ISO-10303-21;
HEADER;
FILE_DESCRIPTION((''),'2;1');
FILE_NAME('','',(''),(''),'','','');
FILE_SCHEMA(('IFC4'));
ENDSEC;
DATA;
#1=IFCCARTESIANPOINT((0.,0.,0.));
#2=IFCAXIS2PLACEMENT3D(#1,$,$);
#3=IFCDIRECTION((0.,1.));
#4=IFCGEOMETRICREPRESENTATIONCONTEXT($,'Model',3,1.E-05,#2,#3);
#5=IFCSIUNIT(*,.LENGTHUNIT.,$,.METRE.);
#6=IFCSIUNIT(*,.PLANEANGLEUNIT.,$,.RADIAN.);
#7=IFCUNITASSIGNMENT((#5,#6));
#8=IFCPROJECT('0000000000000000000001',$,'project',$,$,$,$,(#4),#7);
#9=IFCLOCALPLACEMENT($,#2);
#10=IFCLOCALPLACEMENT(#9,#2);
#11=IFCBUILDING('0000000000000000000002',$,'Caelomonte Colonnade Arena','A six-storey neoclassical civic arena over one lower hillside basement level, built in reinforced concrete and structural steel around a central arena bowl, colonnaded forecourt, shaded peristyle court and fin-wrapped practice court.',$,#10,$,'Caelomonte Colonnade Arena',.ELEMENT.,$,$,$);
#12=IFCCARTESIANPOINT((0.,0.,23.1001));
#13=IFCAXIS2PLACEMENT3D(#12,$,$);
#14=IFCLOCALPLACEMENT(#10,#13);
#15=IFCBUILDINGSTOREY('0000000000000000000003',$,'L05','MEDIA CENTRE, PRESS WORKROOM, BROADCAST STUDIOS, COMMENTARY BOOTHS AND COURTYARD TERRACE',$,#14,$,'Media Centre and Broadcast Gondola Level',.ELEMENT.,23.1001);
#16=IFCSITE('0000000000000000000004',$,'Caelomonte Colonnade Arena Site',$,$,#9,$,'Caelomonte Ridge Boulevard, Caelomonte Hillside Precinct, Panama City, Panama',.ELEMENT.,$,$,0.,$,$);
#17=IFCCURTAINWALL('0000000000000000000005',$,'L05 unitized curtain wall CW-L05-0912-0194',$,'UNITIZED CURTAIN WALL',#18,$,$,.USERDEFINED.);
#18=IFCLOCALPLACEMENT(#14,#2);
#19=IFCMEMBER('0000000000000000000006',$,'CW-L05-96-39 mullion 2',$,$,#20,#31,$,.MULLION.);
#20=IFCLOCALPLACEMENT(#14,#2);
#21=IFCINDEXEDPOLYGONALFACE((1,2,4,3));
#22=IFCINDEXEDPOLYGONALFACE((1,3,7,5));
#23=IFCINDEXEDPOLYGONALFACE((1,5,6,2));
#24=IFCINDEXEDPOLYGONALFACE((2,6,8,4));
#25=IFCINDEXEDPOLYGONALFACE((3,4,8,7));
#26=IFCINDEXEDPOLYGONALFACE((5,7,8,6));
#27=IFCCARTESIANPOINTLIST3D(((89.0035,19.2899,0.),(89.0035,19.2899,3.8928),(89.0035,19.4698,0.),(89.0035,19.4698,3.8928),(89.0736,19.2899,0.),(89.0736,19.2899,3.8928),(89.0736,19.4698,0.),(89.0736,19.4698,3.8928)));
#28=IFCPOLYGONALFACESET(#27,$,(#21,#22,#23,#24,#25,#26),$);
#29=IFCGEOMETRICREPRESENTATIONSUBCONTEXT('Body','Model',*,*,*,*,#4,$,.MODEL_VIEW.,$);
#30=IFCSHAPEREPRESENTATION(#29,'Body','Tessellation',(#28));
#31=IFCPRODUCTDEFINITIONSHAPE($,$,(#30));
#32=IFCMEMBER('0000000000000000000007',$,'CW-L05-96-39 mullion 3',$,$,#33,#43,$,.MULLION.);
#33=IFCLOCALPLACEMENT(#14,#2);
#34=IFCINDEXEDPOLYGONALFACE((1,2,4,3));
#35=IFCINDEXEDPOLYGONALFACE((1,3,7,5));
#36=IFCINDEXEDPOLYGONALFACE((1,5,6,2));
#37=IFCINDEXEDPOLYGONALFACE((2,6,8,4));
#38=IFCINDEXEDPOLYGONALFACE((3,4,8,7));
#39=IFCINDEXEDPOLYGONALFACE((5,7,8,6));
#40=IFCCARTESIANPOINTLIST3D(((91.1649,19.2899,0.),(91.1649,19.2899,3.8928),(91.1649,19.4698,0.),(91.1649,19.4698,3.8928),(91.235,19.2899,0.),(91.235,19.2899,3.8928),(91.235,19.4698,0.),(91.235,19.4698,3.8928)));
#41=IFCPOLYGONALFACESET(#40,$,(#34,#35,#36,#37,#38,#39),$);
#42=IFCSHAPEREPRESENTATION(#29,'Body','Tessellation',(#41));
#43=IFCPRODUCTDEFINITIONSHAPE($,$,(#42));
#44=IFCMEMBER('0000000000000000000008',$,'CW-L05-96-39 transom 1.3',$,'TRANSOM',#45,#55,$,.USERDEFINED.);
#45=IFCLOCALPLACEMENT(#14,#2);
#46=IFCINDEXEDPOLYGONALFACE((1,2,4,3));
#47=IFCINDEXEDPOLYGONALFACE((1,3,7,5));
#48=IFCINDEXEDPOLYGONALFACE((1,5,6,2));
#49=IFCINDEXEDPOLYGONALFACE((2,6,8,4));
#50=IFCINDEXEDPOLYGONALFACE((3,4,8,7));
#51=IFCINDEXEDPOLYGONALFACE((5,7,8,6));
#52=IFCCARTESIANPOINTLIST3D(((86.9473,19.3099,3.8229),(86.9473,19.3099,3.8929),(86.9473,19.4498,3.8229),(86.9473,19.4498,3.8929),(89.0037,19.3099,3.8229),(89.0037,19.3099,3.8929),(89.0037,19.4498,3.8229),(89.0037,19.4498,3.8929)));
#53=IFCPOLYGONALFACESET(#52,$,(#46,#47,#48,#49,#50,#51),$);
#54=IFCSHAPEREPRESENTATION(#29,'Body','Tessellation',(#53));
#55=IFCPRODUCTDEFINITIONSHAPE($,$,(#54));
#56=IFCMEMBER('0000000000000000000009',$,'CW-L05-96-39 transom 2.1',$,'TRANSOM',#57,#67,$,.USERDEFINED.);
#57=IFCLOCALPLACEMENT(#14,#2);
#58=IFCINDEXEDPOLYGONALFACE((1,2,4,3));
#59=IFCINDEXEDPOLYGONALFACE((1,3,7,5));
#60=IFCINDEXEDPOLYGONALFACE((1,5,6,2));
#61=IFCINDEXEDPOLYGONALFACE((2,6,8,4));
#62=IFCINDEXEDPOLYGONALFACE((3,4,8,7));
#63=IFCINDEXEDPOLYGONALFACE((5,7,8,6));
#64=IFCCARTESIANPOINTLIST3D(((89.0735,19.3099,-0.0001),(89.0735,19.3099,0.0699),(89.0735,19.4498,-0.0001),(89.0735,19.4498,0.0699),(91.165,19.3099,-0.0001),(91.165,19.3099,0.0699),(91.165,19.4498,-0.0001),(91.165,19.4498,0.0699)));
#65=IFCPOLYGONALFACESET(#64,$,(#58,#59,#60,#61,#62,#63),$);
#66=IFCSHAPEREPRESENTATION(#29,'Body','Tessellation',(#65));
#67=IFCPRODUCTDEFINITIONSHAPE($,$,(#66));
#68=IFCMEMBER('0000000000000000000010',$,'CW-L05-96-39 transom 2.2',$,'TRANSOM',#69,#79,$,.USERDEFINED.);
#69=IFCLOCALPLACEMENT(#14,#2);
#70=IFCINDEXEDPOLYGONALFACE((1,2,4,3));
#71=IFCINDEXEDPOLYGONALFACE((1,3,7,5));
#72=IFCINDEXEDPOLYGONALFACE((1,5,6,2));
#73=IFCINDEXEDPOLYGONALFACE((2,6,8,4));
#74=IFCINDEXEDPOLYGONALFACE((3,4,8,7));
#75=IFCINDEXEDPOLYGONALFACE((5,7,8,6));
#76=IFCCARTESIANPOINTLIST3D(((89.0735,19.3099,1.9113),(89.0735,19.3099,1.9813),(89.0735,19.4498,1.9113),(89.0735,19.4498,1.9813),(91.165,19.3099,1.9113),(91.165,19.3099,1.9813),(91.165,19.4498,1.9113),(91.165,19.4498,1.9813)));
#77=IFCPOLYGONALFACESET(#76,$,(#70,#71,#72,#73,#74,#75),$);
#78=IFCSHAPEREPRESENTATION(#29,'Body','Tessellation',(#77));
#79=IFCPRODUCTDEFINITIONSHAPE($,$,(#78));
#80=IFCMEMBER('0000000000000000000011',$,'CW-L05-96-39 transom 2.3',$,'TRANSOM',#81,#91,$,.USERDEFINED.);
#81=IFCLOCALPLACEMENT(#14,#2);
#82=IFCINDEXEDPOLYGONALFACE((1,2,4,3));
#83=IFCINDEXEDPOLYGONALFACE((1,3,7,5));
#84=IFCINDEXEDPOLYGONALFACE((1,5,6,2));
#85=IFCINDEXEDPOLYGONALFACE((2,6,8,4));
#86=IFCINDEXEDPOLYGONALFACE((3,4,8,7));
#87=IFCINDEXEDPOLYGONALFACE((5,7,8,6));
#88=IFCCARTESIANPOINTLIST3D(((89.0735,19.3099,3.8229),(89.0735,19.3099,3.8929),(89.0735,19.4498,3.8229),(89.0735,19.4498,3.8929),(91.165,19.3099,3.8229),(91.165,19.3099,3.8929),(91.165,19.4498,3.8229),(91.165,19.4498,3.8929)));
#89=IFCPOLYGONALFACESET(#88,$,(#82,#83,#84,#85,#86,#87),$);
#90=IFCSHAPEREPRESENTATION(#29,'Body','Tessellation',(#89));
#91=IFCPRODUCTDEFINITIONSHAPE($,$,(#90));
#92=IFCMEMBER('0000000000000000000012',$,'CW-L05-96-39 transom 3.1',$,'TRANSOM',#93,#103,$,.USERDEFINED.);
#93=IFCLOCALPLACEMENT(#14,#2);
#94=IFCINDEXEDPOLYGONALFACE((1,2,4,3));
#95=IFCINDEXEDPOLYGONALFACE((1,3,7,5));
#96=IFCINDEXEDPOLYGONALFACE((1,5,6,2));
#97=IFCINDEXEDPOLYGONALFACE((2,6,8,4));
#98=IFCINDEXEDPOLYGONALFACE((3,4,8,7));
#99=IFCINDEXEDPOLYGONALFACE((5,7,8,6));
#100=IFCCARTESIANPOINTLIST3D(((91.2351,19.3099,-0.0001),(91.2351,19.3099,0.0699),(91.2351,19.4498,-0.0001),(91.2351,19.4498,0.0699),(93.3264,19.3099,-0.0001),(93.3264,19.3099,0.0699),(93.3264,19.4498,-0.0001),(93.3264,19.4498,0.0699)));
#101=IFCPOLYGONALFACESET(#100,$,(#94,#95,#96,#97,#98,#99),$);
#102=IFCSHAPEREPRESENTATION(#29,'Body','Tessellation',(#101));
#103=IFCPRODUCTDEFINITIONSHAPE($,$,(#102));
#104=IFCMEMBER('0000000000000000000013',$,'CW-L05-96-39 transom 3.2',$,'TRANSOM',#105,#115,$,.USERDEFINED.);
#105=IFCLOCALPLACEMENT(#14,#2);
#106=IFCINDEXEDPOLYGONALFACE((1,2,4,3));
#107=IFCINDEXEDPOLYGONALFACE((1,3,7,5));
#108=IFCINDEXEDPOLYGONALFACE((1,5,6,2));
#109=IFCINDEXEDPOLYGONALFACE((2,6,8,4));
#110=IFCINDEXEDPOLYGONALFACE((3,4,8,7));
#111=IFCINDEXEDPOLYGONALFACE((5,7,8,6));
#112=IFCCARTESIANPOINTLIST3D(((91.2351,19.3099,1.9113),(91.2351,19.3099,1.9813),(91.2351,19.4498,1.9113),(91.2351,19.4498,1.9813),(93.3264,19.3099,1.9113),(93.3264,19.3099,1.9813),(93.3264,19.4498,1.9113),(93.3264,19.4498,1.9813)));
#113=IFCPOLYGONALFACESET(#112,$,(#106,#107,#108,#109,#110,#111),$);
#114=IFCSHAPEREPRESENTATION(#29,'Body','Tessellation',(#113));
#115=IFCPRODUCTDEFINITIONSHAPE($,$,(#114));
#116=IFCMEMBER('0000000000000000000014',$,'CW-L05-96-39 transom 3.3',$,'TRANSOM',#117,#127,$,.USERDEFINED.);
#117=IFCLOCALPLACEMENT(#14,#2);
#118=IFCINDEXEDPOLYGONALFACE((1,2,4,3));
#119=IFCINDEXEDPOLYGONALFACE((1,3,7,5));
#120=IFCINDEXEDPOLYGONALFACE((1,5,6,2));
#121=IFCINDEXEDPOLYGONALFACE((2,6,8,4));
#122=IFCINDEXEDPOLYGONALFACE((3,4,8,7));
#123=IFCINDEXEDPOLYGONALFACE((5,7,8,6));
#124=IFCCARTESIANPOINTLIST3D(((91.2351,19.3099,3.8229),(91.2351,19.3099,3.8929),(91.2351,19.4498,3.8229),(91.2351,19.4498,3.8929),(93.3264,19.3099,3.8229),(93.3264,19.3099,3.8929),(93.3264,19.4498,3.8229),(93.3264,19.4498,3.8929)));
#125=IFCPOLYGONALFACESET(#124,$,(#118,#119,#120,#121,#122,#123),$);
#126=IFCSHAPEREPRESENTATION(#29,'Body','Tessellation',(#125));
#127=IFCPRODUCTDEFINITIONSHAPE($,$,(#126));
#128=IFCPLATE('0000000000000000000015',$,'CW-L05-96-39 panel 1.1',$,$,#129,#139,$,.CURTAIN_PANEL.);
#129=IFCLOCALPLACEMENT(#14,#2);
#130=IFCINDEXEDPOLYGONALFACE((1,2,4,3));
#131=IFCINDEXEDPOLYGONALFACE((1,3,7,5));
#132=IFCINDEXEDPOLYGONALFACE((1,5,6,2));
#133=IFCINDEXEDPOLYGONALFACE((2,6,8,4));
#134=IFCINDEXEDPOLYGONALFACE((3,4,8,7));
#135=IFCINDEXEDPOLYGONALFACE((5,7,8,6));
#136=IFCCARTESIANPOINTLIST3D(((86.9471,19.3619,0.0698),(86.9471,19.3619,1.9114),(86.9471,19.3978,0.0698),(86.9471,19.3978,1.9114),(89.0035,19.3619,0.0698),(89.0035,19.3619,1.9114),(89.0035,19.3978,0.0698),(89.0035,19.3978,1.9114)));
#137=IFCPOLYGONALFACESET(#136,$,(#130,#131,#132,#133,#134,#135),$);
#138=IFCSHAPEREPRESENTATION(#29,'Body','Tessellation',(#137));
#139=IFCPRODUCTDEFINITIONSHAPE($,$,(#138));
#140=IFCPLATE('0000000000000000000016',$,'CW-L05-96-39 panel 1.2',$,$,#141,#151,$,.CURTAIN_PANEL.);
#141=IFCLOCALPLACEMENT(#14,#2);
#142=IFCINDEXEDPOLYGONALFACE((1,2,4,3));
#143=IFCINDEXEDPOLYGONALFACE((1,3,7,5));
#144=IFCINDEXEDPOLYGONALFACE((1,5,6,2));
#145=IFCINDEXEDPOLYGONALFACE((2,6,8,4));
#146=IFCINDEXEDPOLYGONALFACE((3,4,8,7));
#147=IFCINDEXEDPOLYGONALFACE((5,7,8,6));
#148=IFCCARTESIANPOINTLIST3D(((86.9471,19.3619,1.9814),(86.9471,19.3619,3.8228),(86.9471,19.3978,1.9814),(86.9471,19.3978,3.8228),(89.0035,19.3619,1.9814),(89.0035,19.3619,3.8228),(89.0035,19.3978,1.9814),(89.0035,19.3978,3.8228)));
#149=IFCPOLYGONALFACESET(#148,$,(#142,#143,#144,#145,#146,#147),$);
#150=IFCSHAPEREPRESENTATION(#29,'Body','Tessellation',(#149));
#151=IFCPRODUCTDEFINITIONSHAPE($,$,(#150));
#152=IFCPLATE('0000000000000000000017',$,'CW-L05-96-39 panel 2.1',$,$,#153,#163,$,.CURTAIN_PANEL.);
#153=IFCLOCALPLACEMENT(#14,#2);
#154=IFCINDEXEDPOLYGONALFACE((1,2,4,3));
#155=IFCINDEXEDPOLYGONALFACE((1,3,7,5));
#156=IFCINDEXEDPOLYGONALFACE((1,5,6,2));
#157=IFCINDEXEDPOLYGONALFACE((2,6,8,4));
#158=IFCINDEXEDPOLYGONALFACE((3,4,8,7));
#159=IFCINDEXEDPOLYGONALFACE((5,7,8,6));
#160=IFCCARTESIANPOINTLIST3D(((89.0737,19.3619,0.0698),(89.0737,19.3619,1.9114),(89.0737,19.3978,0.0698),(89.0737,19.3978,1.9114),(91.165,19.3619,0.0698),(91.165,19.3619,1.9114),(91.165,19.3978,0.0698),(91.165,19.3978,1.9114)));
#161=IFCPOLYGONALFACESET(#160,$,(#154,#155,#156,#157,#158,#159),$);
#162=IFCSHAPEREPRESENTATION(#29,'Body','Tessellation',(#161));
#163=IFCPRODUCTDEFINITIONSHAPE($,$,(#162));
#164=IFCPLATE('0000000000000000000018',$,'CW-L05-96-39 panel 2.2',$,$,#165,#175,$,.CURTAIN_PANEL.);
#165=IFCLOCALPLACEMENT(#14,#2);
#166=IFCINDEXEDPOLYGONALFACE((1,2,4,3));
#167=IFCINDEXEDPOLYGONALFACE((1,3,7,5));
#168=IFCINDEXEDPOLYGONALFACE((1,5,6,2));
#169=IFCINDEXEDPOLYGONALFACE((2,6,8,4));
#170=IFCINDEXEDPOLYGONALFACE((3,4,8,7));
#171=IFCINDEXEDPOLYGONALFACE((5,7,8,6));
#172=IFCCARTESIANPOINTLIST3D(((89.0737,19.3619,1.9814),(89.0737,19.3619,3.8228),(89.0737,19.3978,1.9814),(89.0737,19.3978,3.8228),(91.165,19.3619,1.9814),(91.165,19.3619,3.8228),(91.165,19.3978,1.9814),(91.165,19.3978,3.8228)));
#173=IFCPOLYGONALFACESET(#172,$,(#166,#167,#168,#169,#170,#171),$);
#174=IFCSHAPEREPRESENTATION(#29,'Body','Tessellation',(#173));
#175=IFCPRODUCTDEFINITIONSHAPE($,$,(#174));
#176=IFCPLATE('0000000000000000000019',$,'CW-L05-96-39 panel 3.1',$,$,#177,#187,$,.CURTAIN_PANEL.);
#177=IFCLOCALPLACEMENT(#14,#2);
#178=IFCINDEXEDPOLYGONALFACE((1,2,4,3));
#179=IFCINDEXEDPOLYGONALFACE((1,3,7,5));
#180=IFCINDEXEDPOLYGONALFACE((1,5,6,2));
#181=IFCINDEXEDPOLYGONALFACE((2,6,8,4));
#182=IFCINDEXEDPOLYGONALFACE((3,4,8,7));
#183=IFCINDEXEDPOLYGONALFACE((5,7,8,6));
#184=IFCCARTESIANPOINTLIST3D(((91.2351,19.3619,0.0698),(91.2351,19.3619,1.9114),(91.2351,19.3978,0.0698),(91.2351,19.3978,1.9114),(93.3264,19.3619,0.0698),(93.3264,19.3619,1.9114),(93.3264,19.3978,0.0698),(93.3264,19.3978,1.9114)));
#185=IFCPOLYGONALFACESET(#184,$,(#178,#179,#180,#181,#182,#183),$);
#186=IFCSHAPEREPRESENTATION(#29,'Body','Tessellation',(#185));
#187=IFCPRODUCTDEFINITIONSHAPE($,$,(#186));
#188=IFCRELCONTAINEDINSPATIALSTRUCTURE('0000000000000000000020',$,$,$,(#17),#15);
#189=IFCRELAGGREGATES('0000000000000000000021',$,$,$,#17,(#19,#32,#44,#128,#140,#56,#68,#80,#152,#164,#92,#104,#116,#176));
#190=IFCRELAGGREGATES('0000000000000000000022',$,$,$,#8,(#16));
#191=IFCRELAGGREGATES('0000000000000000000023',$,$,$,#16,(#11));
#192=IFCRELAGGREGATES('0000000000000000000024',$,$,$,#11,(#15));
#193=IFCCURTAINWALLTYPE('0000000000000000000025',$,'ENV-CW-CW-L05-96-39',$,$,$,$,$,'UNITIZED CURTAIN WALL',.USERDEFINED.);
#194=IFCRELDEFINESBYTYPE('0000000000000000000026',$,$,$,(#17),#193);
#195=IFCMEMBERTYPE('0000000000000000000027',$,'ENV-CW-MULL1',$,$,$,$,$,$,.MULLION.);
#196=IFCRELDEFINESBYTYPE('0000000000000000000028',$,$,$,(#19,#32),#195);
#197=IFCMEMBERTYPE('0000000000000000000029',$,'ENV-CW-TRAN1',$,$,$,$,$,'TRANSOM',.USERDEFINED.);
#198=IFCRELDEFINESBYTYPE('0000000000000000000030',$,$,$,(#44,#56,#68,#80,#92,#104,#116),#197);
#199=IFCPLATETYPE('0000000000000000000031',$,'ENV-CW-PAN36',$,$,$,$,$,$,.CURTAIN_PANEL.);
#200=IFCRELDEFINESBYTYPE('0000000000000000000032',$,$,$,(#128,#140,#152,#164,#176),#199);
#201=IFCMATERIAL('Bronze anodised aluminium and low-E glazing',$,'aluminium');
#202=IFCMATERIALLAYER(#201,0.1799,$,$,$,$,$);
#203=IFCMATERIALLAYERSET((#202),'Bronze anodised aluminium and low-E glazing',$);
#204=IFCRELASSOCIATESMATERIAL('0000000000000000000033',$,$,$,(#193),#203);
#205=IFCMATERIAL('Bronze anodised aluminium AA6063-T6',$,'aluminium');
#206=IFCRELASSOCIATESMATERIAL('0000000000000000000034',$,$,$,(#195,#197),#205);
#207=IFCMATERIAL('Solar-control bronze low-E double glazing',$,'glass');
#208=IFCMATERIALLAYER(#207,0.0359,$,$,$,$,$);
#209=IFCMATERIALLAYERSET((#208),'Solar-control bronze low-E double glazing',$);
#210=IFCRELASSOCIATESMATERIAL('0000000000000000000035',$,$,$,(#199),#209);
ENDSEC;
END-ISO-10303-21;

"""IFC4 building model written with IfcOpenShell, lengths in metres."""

from ifc_helpers import new_model, si_unit, direction, frame, origin, origin_2d, place, context, subcontext, project, spatial, rectangle, extrude, material, layer, layer_set, material_profile, profile_set, type_object, element, aggregate, save


model = new_model("IFC4")

# Units and contexts
model_context = context("Model", 3, precision=1e-05, world=origin(), true_north=direction((0.0, 1.0)))
body_context = subcontext(model_context, "Body", "Model", "MODEL_VIEW")
ifc_project = project(units=[si_unit("LENGTHUNIT", "METRE"), si_unit("PLANEANGLEUNIT", "RADIAN")], contexts=[model_context])

# Site, building, storey
site_placement = place(None, origin())
site = spatial("IfcSite", under=ifc_project, at=site_placement, Name="Caelomonte Colonnade Arena Site", LongName="Caelomonte Ridge Boulevard, Caelomonte Hillside Precinct, Panama City, Panama", CompositionType="ELEMENT", RefElevation=0.0)
building_placement = place(site_placement, origin())
building = spatial("IfcBuilding", under=site, at=building_placement, Name="Caelomonte Colonnade Arena", Description="A six-storey neoclassical civic arena over one lower hillside basement level, built in reinforced concrete and structural steel around a central arena bowl, colonnaded forecourt, shaded peristyle court and fin-wrapped practice court.", LongName="Caelomonte Colonnade Arena", CompositionType="ELEMENT")
storey_placement = place(building_placement, frame((0.0, 0.0, 23.1001)))
storey = spatial("IfcBuildingStorey", under=building, at=storey_placement, Name="L05", Description="MEDIA CENTRE, PRESS WORKROOM, BROADCAST STUDIOS, COMMENTARY BOOTHS AND COURTYARD TERRACE", LongName="Media Centre and Broadcast Gondola Level", CompositionType="ELEMENT", Elevation=23.1001)

# Curtain wall, members, plates
ifc_material_1 = material(Name="Bronze anodised aluminium and low-E glazing", Category="aluminium")
ifc_layer_1 = layer(ifc_material_1, 0.1799)
ifc_layer_set_1 = layer_set([ifc_layer_1], Name="Bronze anodised aluminium and low-E glazing")
curtain_wall_type = type_object("IfcCurtainWallType", Name="ENV-CW-CW-L05-96-39", ElementType="UNITIZED CURTAIN WALL", PredefinedType="USERDEFINED", material=ifc_layer_set_1)
curtain_wall_placement = place(storey_placement, origin())
curtain_wall = element("IfcCurtainWall", 1, at=curtain_wall_placement, inside=storey, type_object=curtain_wall_type, Name="L05 unitized curtain wall CW-L05-0912-0194", ObjectType="UNITIZED CURTAIN WALL", PredefinedType="USERDEFINED")
ifc_material_2 = material(Name="Bronze anodised aluminium AA6063-T6", Category="aluminium")
ifc_material_profile_1 = material_profile(ifc_material_2, rectangle(XDim=0.0701, YDim=0.1799, at=origin_2d()), Name="CWM-70X180")
ifc_profile_set_1 = profile_set([ifc_material_profile_1], Name="Bronze anodised aluminium AA6063-T6")
member_type_1 = type_object("IfcMemberType", Name="ENV-CW-MULL1", PredefinedType="MULLION", material=ifc_profile_set_1)
member_1_placement = place(storey_placement, frame((89.0386, 19.3799, 0.0), z_axis=(0.0, 0.0, 1.0), x_axis=(1.0, 0.0, 0.0)))
member_1 = element("IfcMember", 2, at=member_1_placement, type_object=member_type_1, Name="CW-L05-96-39 mullion 2", PredefinedType="MULLION", context=body_context, shape_type="SweptSolid", body=[
    extrude(rectangle(XDim=0.0701, YDim=0.1799, at=origin_2d()), origin(), (0.0, 0.0, 1.0), 3.8928),
])
member_2_placement = place(storey_placement, frame((91.2, 19.3799, 0.0), z_axis=(0.0, 0.0, 1.0), x_axis=(1.0, 0.0, 0.0)))
member_2 = element("IfcMember", 3, at=member_2_placement, type_object=member_type_1, Name="CW-L05-96-39 mullion 3", PredefinedType="MULLION", context=body_context, shape_type="SweptSolid", body=[
    extrude(rectangle(XDim=0.0701, YDim=0.1799, at=origin_2d()), origin(), (0.0, 0.0, 1.0), 3.8928),
])
ifc_material_profile_2 = material_profile(ifc_material_2, rectangle(XDim=0.0701, YDim=0.1399, at=origin_2d()), Name="CWT-70X140")
ifc_profile_set_2 = profile_set([ifc_material_profile_2], Name="Bronze anodised aluminium AA6063-T6")
member_type_2 = type_object("IfcMemberType", Name="ENV-CW-TRAN1", ElementType="TRANSOM", PredefinedType="USERDEFINED", material=ifc_profile_set_2)
member_3_placement = place(storey_placement, frame((86.9473, 19.3799, 3.8579), z_axis=(1.0, 0.0, 0.0), x_axis=(0.0, 0.0, 1.0)))
member_3 = element("IfcMember", 4, at=member_3_placement, type_object=member_type_2, Name="CW-L05-96-39 transom 1.3", ObjectType="TRANSOM", PredefinedType="USERDEFINED", context=body_context, shape_type="SweptSolid", body=[
    extrude(rectangle(XDim=0.0701, YDim=0.1399, at=origin_2d()), origin(), (0.0, 0.0, 1.0), 2.0564),
])
member_4_placement = place(storey_placement, frame((89.0735, 19.3799, 0.0349), z_axis=(1.0, 0.0, 0.0), x_axis=(0.0, 0.0, 1.0)))
member_4 = element("IfcMember", 5, at=member_4_placement, type_object=member_type_2, Name="CW-L05-96-39 transom 2.1", ObjectType="TRANSOM", PredefinedType="USERDEFINED", context=body_context, shape_type="SweptSolid", body=[
    extrude(rectangle(XDim=0.0701, YDim=0.1399, at=origin_2d()), origin(), (0.0, 0.0, 1.0), 2.0916),
])
member_5_placement = place(storey_placement, frame((89.0735, 19.3799, 1.9463), z_axis=(1.0, 0.0, 0.0), x_axis=(0.0, 0.0, 1.0)))
member_5 = element("IfcMember", 6, at=member_5_placement, type_object=member_type_2, Name="CW-L05-96-39 transom 2.2", ObjectType="TRANSOM", PredefinedType="USERDEFINED", context=body_context, shape_type="SweptSolid", body=[
    extrude(rectangle(XDim=0.0701, YDim=0.1399, at=origin_2d()), origin(), (0.0, 0.0, 1.0), 2.0916),
])
member_6_placement = place(storey_placement, frame((89.0735, 19.3799, 3.8579), z_axis=(1.0, 0.0, 0.0), x_axis=(0.0, 0.0, 1.0)))
member_6 = element("IfcMember", 7, at=member_6_placement, type_object=member_type_2, Name="CW-L05-96-39 transom 2.3", ObjectType="TRANSOM", PredefinedType="USERDEFINED", context=body_context, shape_type="SweptSolid", body=[
    extrude(rectangle(XDim=0.0701, YDim=0.1399, at=origin_2d()), origin(), (0.0, 0.0, 1.0), 2.0916),
])
member_7_placement = place(storey_placement, frame((91.2351, 19.3799, 0.0349), z_axis=(1.0, 0.0, 0.0), x_axis=(0.0, 0.0, 1.0)))
member_7 = element("IfcMember", 8, at=member_7_placement, type_object=member_type_2, Name="CW-L05-96-39 transom 3.1", ObjectType="TRANSOM", PredefinedType="USERDEFINED", context=body_context, shape_type="SweptSolid", body=[
    extrude(rectangle(XDim=0.0701, YDim=0.1399, at=origin_2d()), origin(), (0.0, 0.0, 1.0), 2.0913),
])
member_8_placement = place(storey_placement, frame((91.2351, 19.3799, 1.9463), z_axis=(1.0, 0.0, 0.0), x_axis=(0.0, 0.0, 1.0)))
member_8 = element("IfcMember", 9, at=member_8_placement, type_object=member_type_2, Name="CW-L05-96-39 transom 3.2", ObjectType="TRANSOM", PredefinedType="USERDEFINED", context=body_context, shape_type="SweptSolid", body=[
    extrude(rectangle(XDim=0.0701, YDim=0.1399, at=origin_2d()), origin(), (0.0, 0.0, 1.0), 2.0913),
])
member_9_placement = place(storey_placement, frame((91.2351, 19.3799, 3.8579), z_axis=(1.0, 0.0, 0.0), x_axis=(0.0, 0.0, 1.0)))
member_9 = element("IfcMember", 10, at=member_9_placement, type_object=member_type_2, Name="CW-L05-96-39 transom 3.3", ObjectType="TRANSOM", PredefinedType="USERDEFINED", context=body_context, shape_type="SweptSolid", body=[
    extrude(rectangle(XDim=0.0701, YDim=0.1399, at=origin_2d()), origin(), (0.0, 0.0, 1.0), 2.0913),
])
ifc_material_3 = material(Name="Solar-control bronze low-E double glazing", Category="glass")
ifc_layer_2 = layer(ifc_material_3, 0.0359)
ifc_layer_set_2 = layer_set([ifc_layer_2], Name="Solar-control bronze low-E double glazing")
plate_type = type_object("IfcPlateType", Name="ENV-CW-PAN36", PredefinedType="CURTAIN_PANEL", material=ifc_layer_set_2)
plate_1_placement = place(storey_placement, frame((87.9753, 19.3799, 0.0698), z_axis=(0.0, 0.0, 1.0), x_axis=(1.0, 0.0, 0.0)))
plate_1 = element("IfcPlate", 11, at=plate_1_placement, type_object=plate_type, Name="CW-L05-96-39 panel 1.1", PredefinedType="CURTAIN_PANEL", context=body_context, shape_type="SweptSolid", body=[
    extrude(rectangle(XDim=2.0564, YDim=0.0359, at=origin_2d()), origin(), (0.0, 0.0, 1.0), 1.8416),
])
plate_2_placement = place(storey_placement, frame((87.9753, 19.3799, 1.9814), z_axis=(0.0, 0.0, 1.0), x_axis=(1.0, 0.0, 0.0)))
plate_2 = element("IfcPlate", 12, at=plate_2_placement, type_object=plate_type, Name="CW-L05-96-39 panel 1.2", PredefinedType="CURTAIN_PANEL", context=body_context, shape_type="SweptSolid", body=[
    extrude(rectangle(XDim=2.0564, YDim=0.0359, at=origin_2d()), origin(), (0.0, 0.0, 1.0), 1.8413),
])
plate_3_placement = place(storey_placement, frame((90.1194, 19.3799, 0.0698), z_axis=(0.0, 0.0, 1.0), x_axis=(1.0, 0.0, 0.0)))
plate_3 = element("IfcPlate", 13, at=plate_3_placement, type_object=plate_type, Name="CW-L05-96-39 panel 2.1", PredefinedType="CURTAIN_PANEL", context=body_context, shape_type="SweptSolid", body=[
    extrude(rectangle(XDim=2.0913, YDim=0.0359, at=origin_2d()), origin(), (0.0, 0.0, 1.0), 1.8416),
])
plate_4_placement = place(storey_placement, frame((90.1194, 19.3799, 1.9814), z_axis=(0.0, 0.0, 1.0), x_axis=(1.0, 0.0, 0.0)))
plate_4 = element("IfcPlate", 14, at=plate_4_placement, type_object=plate_type, Name="CW-L05-96-39 panel 2.2", PredefinedType="CURTAIN_PANEL", context=body_context, shape_type="SweptSolid", body=[
    extrude(rectangle(XDim=2.0913, YDim=0.0359, at=origin_2d()), origin(), (0.0, 0.0, 1.0), 1.8413),
])
plate_5_placement = place(storey_placement, frame((92.2808, 19.3799, 0.0698), z_axis=(0.0, 0.0, 1.0), x_axis=(1.0, 0.0, 0.0)))
plate_5 = element("IfcPlate", 15, at=plate_5_placement, type_object=plate_type, Name="CW-L05-96-39 panel 3.1", PredefinedType="CURTAIN_PANEL", context=body_context, shape_type="SweptSolid", body=[
    extrude(rectangle(XDim=2.0913, YDim=0.0359, at=origin_2d()), origin(), (0.0, 0.0, 1.0), 1.8416),
])
aggregate(curtain_wall, [member_1, member_2, member_3, plate_1, plate_2, member_4, member_5, member_6, plate_3, plate_4, member_7, member_8, member_9, plate_5])

save(model, "model.ifc")
